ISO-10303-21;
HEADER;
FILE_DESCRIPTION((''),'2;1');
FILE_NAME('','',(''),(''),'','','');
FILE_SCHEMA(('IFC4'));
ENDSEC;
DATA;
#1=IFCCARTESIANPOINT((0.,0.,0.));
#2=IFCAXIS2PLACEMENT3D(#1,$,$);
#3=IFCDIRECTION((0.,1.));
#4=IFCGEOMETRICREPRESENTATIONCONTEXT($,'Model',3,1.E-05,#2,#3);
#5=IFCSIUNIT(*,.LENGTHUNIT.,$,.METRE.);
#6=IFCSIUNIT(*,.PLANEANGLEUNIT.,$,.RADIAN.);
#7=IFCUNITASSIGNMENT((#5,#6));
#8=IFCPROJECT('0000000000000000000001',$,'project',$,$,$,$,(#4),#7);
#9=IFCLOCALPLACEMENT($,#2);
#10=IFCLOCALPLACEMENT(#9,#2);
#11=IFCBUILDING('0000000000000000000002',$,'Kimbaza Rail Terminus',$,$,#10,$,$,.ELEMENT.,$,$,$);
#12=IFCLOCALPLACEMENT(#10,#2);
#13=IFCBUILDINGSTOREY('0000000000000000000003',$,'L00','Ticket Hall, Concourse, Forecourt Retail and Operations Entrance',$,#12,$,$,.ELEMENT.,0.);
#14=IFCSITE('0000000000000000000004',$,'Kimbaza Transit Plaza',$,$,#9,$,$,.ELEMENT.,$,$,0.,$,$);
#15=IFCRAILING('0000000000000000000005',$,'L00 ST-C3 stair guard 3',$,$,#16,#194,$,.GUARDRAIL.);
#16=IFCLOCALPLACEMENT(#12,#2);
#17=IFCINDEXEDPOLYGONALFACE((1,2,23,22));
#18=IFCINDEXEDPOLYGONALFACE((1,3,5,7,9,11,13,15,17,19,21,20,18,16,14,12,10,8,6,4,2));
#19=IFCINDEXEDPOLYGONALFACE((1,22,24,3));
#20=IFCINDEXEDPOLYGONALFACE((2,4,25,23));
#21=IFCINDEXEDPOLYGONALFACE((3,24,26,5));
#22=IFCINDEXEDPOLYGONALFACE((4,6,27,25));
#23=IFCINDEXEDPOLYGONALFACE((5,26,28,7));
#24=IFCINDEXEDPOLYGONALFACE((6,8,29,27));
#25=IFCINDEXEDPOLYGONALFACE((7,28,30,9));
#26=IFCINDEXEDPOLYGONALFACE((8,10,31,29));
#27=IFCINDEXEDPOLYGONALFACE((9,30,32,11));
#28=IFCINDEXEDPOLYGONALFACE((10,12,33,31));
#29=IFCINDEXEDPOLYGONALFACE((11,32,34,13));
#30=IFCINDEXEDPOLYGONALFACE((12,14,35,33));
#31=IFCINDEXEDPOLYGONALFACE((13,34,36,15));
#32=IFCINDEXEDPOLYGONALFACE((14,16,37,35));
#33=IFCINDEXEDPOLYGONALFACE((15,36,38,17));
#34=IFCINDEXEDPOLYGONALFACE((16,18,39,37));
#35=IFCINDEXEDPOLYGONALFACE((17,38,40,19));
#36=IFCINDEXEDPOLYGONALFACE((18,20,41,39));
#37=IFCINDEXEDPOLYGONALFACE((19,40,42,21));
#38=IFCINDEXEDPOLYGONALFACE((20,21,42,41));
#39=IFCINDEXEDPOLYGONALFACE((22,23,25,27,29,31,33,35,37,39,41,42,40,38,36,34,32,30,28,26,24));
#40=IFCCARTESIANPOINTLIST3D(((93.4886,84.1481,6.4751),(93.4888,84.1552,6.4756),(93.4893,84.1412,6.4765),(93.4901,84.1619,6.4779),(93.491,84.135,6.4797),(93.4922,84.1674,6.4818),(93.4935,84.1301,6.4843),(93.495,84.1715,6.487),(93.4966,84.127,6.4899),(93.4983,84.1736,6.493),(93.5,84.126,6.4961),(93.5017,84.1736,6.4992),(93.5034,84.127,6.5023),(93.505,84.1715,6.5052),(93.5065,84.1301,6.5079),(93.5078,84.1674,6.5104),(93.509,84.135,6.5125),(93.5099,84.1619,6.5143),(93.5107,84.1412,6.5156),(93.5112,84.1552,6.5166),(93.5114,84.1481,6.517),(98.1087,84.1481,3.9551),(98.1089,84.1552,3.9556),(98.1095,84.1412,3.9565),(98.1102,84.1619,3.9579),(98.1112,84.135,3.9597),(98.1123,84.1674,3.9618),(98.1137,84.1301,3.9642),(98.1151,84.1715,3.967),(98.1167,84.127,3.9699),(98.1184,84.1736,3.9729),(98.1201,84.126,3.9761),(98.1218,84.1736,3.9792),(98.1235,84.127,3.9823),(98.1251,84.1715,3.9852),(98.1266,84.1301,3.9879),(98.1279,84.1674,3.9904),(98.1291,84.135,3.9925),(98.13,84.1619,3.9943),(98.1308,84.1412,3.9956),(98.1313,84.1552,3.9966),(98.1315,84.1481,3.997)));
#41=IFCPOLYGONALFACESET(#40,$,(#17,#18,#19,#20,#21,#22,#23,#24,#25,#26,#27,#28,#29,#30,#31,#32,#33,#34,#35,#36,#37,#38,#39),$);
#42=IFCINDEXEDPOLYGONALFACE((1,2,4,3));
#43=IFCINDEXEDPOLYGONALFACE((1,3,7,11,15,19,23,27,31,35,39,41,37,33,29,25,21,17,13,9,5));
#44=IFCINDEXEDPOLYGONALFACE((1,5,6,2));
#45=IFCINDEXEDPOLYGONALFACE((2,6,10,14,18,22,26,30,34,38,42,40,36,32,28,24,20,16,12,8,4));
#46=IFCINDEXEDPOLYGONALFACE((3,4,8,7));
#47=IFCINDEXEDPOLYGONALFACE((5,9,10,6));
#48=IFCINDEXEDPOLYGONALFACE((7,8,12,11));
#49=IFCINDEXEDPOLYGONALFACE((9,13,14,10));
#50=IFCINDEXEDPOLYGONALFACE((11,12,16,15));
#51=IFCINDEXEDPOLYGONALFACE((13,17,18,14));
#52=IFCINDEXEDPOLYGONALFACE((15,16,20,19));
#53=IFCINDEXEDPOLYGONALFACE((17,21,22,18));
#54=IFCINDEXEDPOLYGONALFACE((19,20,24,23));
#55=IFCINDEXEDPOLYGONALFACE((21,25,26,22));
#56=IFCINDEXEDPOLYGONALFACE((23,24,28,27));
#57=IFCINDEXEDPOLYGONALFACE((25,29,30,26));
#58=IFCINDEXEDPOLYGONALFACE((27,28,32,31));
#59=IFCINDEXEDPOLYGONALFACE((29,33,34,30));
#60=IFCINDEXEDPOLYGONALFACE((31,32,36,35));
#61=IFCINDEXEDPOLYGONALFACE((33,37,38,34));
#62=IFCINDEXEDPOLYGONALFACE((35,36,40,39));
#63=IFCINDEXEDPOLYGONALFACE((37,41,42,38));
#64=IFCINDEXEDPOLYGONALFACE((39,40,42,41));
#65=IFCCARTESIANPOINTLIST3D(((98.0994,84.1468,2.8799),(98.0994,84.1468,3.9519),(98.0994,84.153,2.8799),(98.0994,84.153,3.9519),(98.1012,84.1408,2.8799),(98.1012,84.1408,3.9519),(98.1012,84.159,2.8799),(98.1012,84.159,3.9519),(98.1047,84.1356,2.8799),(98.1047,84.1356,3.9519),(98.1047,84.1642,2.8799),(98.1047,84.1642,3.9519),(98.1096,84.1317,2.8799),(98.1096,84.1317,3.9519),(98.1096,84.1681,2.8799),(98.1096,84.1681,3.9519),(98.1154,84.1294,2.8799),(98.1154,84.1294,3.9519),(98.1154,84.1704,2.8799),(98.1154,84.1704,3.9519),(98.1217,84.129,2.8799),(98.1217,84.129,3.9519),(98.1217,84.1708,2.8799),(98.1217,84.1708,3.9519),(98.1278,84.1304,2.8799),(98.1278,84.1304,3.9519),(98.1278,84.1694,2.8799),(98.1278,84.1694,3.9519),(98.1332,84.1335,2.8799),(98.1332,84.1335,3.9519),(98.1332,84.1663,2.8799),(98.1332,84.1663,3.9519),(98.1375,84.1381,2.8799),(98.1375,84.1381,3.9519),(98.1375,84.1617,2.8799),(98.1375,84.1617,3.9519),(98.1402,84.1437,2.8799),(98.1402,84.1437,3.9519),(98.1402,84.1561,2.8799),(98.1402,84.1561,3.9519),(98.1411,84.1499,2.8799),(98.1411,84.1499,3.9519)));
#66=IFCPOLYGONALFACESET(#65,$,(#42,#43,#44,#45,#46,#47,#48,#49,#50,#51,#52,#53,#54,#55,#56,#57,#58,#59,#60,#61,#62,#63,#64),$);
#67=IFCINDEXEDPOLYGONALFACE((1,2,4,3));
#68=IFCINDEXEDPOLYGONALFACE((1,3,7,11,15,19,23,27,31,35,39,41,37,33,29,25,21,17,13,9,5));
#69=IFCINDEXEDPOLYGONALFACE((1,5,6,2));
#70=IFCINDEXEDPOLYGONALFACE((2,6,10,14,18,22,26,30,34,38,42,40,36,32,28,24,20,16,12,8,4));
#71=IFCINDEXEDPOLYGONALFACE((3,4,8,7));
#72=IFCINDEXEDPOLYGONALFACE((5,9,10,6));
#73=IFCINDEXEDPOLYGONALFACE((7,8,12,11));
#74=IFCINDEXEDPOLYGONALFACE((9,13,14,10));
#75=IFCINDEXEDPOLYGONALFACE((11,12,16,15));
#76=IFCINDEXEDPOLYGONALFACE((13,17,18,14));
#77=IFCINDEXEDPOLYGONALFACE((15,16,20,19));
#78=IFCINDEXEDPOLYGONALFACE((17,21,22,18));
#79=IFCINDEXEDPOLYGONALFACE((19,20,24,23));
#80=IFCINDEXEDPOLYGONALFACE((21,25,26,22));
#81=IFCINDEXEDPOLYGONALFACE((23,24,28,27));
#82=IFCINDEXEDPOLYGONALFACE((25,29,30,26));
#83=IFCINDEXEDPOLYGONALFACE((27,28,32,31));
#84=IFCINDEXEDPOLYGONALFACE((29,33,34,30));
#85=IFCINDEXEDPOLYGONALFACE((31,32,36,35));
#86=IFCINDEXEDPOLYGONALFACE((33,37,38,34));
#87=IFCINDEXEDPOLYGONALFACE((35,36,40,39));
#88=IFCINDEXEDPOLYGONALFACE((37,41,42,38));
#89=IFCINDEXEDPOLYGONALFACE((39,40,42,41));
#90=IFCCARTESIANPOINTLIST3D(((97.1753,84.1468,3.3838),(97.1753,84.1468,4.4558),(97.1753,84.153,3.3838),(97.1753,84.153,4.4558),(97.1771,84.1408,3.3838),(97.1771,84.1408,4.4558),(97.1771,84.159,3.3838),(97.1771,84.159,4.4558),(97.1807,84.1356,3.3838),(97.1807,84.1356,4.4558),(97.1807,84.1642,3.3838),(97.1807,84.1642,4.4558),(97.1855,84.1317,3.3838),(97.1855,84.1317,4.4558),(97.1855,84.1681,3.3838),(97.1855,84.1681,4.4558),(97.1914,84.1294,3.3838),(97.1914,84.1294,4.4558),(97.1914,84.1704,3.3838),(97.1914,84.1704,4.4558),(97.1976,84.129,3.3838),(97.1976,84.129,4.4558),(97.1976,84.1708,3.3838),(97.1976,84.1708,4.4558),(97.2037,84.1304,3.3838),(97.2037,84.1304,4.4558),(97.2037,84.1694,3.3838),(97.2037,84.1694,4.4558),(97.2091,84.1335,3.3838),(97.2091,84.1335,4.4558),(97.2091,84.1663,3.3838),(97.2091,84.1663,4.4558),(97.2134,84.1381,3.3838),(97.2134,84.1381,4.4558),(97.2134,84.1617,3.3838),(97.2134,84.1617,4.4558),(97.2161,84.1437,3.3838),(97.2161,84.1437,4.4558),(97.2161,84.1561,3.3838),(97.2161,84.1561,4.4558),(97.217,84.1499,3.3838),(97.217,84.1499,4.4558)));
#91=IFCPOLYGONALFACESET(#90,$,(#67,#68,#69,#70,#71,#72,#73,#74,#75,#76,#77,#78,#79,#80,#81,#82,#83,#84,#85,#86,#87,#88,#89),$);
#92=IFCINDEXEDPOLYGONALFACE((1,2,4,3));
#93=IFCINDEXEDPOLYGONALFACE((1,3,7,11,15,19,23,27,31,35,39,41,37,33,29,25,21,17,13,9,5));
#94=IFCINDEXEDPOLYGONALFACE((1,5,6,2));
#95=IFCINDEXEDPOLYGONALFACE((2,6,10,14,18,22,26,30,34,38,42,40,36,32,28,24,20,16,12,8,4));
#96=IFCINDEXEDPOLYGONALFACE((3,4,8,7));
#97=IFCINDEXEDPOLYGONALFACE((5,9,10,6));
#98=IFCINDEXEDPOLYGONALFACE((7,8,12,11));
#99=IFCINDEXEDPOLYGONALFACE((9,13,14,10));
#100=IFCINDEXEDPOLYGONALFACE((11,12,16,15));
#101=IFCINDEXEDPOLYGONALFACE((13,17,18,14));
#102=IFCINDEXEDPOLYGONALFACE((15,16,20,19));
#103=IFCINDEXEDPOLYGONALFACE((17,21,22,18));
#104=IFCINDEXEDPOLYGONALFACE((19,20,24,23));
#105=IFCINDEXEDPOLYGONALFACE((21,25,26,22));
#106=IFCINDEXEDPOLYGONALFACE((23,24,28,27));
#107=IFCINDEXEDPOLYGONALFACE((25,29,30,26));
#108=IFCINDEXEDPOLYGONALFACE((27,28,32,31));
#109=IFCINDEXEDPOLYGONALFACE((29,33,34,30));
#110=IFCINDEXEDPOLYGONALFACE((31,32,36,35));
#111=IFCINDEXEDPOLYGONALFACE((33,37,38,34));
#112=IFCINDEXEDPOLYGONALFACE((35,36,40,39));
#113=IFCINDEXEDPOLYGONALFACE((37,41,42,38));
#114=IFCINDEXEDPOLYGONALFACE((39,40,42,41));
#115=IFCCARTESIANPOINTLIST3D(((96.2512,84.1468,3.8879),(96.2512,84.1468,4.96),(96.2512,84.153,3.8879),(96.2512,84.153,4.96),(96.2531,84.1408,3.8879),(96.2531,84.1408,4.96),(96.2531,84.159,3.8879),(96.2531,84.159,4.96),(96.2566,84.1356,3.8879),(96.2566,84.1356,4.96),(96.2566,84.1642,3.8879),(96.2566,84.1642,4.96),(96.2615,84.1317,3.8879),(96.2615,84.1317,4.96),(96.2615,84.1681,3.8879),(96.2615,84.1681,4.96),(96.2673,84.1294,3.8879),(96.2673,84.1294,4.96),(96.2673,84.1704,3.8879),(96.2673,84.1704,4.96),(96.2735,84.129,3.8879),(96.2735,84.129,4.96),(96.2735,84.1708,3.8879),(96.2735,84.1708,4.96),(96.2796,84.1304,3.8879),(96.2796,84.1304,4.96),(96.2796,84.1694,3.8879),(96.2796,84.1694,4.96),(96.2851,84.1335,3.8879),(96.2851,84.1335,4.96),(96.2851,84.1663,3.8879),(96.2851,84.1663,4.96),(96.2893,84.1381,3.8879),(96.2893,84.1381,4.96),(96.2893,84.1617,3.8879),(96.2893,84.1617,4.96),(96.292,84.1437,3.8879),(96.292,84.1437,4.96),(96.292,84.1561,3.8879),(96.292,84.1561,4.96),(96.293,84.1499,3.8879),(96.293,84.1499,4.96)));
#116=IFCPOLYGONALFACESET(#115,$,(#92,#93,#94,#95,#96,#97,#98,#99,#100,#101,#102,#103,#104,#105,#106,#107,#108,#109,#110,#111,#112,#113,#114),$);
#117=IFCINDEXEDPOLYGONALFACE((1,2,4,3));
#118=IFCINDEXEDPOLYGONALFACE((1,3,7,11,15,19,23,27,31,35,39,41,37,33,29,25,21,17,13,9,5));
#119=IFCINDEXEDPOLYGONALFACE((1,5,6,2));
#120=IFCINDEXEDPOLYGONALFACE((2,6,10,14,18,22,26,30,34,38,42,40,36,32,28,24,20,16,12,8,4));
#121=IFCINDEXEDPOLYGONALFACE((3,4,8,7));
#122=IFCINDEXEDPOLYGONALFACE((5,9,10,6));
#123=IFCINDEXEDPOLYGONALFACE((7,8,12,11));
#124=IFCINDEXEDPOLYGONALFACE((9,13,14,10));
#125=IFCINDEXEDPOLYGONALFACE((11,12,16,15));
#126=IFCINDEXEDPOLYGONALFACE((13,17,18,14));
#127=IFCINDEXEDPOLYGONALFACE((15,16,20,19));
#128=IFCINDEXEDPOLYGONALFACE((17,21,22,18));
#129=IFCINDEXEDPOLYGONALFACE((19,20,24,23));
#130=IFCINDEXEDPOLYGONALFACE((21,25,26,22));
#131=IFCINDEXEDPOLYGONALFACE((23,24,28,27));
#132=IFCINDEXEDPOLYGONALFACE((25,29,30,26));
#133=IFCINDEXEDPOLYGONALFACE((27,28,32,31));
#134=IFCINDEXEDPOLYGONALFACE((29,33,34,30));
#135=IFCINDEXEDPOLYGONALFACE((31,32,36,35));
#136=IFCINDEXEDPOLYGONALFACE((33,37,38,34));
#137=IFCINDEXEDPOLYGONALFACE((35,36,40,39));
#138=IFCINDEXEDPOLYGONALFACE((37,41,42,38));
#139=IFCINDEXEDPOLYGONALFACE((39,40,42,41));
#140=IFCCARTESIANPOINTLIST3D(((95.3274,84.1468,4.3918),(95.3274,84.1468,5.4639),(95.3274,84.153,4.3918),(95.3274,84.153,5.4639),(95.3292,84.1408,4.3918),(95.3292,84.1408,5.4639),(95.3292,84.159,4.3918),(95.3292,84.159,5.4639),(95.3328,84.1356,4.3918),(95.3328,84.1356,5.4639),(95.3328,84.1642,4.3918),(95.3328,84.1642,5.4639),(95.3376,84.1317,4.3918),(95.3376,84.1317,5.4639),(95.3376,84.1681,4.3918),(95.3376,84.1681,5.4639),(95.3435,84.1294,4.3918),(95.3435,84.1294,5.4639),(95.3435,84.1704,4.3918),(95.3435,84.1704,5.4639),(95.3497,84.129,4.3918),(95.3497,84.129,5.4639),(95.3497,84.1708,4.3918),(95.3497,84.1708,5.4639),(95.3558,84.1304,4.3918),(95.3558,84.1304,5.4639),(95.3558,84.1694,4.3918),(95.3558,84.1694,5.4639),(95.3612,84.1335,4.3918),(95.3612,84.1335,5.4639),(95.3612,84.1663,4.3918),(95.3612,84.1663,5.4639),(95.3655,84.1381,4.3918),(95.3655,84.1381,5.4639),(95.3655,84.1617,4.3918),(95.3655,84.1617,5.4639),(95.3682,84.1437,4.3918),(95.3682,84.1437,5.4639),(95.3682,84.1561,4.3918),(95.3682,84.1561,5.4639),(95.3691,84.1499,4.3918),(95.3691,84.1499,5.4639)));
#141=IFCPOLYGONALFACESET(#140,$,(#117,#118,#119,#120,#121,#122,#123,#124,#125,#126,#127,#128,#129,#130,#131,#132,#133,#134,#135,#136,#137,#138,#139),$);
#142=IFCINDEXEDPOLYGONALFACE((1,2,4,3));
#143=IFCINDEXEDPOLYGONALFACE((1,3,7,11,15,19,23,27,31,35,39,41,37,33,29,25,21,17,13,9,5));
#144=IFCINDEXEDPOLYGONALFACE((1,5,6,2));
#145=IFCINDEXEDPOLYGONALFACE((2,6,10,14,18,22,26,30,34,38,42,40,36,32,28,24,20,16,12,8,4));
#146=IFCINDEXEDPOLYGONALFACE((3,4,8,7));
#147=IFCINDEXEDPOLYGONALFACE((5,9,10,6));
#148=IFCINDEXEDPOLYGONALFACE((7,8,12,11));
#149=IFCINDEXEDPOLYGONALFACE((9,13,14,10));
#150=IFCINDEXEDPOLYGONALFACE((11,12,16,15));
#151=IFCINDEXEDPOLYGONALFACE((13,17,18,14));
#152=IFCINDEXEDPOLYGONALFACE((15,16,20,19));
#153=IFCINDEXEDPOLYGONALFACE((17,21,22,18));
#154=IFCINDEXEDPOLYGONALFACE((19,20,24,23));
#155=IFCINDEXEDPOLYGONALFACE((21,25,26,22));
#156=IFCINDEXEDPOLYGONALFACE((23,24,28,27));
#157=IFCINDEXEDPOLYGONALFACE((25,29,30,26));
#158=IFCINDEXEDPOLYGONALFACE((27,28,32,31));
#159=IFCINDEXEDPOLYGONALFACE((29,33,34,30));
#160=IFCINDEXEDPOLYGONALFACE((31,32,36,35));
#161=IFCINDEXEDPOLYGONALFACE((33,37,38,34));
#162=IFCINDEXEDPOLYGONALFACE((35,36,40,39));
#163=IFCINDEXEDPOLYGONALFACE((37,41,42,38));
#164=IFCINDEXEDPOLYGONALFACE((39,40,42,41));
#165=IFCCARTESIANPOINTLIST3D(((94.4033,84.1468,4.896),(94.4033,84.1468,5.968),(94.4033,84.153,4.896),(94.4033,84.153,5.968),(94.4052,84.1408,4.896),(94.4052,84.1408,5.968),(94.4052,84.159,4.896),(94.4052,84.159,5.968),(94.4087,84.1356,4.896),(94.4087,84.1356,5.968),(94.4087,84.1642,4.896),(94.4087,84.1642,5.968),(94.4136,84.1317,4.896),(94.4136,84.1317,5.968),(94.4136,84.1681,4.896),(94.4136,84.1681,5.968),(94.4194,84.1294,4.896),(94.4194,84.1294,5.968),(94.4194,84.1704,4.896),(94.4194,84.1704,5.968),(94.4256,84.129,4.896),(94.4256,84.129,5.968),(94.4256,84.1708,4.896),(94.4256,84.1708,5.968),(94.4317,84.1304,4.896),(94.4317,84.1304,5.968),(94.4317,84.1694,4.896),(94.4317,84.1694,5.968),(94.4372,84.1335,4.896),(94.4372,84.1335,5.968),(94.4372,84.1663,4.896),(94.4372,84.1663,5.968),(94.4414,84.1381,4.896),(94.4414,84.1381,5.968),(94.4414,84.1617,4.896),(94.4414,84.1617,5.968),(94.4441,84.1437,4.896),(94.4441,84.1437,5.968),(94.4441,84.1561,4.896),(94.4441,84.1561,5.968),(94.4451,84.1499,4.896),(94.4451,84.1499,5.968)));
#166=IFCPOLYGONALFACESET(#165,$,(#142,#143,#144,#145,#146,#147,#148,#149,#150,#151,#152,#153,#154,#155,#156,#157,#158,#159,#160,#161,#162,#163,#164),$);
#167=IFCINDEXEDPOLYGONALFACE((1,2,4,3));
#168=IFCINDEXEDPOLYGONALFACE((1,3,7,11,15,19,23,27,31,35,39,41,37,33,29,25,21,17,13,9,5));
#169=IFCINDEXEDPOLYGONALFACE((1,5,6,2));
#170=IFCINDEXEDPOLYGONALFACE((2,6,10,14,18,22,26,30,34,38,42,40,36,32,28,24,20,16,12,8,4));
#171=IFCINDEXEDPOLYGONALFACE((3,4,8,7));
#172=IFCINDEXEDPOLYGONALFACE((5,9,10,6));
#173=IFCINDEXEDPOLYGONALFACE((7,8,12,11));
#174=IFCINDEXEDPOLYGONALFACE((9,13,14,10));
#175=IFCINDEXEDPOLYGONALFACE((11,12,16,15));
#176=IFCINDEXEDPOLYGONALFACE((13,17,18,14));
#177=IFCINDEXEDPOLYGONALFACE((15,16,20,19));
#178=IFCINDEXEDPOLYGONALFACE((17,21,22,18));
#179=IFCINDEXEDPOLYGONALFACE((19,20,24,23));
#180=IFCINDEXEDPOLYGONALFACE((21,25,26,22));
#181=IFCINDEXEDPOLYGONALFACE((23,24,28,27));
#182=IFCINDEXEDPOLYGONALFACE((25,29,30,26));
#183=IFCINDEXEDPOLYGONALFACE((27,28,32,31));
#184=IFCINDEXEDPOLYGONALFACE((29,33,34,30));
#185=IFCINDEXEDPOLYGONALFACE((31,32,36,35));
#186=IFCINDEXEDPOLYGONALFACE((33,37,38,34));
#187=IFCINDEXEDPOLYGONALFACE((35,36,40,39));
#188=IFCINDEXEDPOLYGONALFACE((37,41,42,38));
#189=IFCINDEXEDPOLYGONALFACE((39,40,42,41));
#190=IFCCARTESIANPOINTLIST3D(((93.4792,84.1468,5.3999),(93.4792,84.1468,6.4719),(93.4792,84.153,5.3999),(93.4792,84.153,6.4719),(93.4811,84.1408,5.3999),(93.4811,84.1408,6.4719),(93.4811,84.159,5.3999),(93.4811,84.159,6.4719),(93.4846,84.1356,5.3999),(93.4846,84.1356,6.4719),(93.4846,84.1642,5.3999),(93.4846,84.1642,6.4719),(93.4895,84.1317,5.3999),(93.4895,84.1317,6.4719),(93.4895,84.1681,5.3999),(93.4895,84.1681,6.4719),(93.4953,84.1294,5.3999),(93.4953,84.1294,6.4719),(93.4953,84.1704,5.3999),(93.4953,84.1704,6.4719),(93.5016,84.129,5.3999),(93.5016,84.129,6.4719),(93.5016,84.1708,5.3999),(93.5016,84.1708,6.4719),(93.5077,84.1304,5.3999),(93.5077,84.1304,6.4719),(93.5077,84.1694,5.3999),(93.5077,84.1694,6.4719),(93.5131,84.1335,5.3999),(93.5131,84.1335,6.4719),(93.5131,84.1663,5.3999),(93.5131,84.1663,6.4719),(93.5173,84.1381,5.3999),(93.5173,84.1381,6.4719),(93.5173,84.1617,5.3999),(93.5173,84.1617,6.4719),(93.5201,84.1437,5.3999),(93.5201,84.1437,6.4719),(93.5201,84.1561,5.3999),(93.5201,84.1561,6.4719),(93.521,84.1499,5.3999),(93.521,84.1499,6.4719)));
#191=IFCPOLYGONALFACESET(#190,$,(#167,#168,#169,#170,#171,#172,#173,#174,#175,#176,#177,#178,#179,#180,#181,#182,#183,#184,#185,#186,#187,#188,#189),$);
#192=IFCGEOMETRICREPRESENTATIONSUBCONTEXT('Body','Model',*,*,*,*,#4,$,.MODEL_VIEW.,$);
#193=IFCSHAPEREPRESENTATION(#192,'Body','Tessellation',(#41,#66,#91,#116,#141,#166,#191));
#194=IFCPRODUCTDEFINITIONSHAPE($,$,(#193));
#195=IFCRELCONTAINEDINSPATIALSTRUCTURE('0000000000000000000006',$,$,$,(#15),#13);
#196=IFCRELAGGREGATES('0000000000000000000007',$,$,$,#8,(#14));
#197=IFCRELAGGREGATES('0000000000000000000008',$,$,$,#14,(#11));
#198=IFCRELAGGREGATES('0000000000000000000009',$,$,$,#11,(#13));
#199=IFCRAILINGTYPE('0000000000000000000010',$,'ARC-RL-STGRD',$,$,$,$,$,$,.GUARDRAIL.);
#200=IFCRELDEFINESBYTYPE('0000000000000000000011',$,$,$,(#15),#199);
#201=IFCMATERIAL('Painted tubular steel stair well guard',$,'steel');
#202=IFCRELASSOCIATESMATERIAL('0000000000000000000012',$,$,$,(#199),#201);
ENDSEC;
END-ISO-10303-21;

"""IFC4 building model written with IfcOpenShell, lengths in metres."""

from ifc_helpers import new_model, si_unit, direction, frame, origin, origin_2d, place, context, subcontext, project, spatial, circle, extrude, material, type_object, element, save


model = new_model("IFC4")

# Units and contexts
model_context = context("Model", 3, precision=1e-05, world=origin(), true_north=direction((0.0, 1.0)))
body_context = subcontext(model_context, "Body", "Model", "MODEL_VIEW")
ifc_project = project(units=[si_unit("LENGTHUNIT", "METRE"), si_unit("PLANEANGLEUNIT", "RADIAN")], contexts=[model_context])

# Site, building, storey
site_placement = place(None, origin())
site = spatial("IfcSite", under=ifc_project, at=site_placement, Name="Kimbaza Transit Plaza", CompositionType="ELEMENT", RefElevation=0.0)
building_placement = place(site_placement, origin())
building = spatial("IfcBuilding", under=site, at=building_placement, Name="Kimbaza Rail Terminus", CompositionType="ELEMENT")
storey_placement = place(building_placement, origin())
storey = spatial("IfcBuildingStorey", under=building, at=storey_placement, Name="L00", Description="Ticket Hall, Concourse, Forecourt Retail and Operations Entrance", CompositionType="ELEMENT", Elevation=0.0)

# Railing
ifc_material_1 = material(Name="Painted tubular steel stair well guard", Category="steel")
railing_type_1 = type_object("IfcRailingType", Name="ARC-RL-STGRD", PredefinedType="GUARDRAIL", material=ifc_material_1)
railing_1_placement = place(storey_placement, frame((98.1201, 84.1499, 2.8799)))
element("IfcRailing", 1, at=railing_1_placement, inside=storey, type_object=railing_type_1, Name="L00 ST-C3 stair guard 3", PredefinedType="GUARDRAIL", context=body_context, shape_type="SweptSolid", body=[
    extrude(circle(Radius=0.0239, at=origin_2d()), frame((0.0, 0.0, 1.0962), z_axis=(-0.877899, 0.0, 0.478846), x_axis=(0.0, -1.0, 0.0)), (0.0, 0.0, 1.0), 5.2627),
    extrude(circle(Radius=0.021, at=origin_2d()), origin(), (0.0, 0.0, 1.0), 1.072),
    extrude(circle(Radius=0.021, at=origin_2d()), frame((-0.9241, 0.0, 0.5039)), (0.0, 0.0, 1.0), 1.072),
    extrude(circle(Radius=0.021, at=origin_2d()), frame((-1.8481, 0.0, 1.0081)), (0.0, 0.0, 1.0), 1.072),
    extrude(circle(Radius=0.021, at=origin_2d()), frame((-2.772, 0.0, 1.512)), (0.0, 0.0, 1.0), 1.072),
    extrude(circle(Radius=0.021, at=origin_2d()), frame((-3.696, 0.0, 2.0161)), (0.0, 0.0, 1.0), 1.072),
    extrude(circle(Radius=0.021, at=origin_2d()), frame((-4.6201, 0.0, 2.52)), (0.0, 0.0, 1.0), 1.072),
])

save(model, "model.ifc")
